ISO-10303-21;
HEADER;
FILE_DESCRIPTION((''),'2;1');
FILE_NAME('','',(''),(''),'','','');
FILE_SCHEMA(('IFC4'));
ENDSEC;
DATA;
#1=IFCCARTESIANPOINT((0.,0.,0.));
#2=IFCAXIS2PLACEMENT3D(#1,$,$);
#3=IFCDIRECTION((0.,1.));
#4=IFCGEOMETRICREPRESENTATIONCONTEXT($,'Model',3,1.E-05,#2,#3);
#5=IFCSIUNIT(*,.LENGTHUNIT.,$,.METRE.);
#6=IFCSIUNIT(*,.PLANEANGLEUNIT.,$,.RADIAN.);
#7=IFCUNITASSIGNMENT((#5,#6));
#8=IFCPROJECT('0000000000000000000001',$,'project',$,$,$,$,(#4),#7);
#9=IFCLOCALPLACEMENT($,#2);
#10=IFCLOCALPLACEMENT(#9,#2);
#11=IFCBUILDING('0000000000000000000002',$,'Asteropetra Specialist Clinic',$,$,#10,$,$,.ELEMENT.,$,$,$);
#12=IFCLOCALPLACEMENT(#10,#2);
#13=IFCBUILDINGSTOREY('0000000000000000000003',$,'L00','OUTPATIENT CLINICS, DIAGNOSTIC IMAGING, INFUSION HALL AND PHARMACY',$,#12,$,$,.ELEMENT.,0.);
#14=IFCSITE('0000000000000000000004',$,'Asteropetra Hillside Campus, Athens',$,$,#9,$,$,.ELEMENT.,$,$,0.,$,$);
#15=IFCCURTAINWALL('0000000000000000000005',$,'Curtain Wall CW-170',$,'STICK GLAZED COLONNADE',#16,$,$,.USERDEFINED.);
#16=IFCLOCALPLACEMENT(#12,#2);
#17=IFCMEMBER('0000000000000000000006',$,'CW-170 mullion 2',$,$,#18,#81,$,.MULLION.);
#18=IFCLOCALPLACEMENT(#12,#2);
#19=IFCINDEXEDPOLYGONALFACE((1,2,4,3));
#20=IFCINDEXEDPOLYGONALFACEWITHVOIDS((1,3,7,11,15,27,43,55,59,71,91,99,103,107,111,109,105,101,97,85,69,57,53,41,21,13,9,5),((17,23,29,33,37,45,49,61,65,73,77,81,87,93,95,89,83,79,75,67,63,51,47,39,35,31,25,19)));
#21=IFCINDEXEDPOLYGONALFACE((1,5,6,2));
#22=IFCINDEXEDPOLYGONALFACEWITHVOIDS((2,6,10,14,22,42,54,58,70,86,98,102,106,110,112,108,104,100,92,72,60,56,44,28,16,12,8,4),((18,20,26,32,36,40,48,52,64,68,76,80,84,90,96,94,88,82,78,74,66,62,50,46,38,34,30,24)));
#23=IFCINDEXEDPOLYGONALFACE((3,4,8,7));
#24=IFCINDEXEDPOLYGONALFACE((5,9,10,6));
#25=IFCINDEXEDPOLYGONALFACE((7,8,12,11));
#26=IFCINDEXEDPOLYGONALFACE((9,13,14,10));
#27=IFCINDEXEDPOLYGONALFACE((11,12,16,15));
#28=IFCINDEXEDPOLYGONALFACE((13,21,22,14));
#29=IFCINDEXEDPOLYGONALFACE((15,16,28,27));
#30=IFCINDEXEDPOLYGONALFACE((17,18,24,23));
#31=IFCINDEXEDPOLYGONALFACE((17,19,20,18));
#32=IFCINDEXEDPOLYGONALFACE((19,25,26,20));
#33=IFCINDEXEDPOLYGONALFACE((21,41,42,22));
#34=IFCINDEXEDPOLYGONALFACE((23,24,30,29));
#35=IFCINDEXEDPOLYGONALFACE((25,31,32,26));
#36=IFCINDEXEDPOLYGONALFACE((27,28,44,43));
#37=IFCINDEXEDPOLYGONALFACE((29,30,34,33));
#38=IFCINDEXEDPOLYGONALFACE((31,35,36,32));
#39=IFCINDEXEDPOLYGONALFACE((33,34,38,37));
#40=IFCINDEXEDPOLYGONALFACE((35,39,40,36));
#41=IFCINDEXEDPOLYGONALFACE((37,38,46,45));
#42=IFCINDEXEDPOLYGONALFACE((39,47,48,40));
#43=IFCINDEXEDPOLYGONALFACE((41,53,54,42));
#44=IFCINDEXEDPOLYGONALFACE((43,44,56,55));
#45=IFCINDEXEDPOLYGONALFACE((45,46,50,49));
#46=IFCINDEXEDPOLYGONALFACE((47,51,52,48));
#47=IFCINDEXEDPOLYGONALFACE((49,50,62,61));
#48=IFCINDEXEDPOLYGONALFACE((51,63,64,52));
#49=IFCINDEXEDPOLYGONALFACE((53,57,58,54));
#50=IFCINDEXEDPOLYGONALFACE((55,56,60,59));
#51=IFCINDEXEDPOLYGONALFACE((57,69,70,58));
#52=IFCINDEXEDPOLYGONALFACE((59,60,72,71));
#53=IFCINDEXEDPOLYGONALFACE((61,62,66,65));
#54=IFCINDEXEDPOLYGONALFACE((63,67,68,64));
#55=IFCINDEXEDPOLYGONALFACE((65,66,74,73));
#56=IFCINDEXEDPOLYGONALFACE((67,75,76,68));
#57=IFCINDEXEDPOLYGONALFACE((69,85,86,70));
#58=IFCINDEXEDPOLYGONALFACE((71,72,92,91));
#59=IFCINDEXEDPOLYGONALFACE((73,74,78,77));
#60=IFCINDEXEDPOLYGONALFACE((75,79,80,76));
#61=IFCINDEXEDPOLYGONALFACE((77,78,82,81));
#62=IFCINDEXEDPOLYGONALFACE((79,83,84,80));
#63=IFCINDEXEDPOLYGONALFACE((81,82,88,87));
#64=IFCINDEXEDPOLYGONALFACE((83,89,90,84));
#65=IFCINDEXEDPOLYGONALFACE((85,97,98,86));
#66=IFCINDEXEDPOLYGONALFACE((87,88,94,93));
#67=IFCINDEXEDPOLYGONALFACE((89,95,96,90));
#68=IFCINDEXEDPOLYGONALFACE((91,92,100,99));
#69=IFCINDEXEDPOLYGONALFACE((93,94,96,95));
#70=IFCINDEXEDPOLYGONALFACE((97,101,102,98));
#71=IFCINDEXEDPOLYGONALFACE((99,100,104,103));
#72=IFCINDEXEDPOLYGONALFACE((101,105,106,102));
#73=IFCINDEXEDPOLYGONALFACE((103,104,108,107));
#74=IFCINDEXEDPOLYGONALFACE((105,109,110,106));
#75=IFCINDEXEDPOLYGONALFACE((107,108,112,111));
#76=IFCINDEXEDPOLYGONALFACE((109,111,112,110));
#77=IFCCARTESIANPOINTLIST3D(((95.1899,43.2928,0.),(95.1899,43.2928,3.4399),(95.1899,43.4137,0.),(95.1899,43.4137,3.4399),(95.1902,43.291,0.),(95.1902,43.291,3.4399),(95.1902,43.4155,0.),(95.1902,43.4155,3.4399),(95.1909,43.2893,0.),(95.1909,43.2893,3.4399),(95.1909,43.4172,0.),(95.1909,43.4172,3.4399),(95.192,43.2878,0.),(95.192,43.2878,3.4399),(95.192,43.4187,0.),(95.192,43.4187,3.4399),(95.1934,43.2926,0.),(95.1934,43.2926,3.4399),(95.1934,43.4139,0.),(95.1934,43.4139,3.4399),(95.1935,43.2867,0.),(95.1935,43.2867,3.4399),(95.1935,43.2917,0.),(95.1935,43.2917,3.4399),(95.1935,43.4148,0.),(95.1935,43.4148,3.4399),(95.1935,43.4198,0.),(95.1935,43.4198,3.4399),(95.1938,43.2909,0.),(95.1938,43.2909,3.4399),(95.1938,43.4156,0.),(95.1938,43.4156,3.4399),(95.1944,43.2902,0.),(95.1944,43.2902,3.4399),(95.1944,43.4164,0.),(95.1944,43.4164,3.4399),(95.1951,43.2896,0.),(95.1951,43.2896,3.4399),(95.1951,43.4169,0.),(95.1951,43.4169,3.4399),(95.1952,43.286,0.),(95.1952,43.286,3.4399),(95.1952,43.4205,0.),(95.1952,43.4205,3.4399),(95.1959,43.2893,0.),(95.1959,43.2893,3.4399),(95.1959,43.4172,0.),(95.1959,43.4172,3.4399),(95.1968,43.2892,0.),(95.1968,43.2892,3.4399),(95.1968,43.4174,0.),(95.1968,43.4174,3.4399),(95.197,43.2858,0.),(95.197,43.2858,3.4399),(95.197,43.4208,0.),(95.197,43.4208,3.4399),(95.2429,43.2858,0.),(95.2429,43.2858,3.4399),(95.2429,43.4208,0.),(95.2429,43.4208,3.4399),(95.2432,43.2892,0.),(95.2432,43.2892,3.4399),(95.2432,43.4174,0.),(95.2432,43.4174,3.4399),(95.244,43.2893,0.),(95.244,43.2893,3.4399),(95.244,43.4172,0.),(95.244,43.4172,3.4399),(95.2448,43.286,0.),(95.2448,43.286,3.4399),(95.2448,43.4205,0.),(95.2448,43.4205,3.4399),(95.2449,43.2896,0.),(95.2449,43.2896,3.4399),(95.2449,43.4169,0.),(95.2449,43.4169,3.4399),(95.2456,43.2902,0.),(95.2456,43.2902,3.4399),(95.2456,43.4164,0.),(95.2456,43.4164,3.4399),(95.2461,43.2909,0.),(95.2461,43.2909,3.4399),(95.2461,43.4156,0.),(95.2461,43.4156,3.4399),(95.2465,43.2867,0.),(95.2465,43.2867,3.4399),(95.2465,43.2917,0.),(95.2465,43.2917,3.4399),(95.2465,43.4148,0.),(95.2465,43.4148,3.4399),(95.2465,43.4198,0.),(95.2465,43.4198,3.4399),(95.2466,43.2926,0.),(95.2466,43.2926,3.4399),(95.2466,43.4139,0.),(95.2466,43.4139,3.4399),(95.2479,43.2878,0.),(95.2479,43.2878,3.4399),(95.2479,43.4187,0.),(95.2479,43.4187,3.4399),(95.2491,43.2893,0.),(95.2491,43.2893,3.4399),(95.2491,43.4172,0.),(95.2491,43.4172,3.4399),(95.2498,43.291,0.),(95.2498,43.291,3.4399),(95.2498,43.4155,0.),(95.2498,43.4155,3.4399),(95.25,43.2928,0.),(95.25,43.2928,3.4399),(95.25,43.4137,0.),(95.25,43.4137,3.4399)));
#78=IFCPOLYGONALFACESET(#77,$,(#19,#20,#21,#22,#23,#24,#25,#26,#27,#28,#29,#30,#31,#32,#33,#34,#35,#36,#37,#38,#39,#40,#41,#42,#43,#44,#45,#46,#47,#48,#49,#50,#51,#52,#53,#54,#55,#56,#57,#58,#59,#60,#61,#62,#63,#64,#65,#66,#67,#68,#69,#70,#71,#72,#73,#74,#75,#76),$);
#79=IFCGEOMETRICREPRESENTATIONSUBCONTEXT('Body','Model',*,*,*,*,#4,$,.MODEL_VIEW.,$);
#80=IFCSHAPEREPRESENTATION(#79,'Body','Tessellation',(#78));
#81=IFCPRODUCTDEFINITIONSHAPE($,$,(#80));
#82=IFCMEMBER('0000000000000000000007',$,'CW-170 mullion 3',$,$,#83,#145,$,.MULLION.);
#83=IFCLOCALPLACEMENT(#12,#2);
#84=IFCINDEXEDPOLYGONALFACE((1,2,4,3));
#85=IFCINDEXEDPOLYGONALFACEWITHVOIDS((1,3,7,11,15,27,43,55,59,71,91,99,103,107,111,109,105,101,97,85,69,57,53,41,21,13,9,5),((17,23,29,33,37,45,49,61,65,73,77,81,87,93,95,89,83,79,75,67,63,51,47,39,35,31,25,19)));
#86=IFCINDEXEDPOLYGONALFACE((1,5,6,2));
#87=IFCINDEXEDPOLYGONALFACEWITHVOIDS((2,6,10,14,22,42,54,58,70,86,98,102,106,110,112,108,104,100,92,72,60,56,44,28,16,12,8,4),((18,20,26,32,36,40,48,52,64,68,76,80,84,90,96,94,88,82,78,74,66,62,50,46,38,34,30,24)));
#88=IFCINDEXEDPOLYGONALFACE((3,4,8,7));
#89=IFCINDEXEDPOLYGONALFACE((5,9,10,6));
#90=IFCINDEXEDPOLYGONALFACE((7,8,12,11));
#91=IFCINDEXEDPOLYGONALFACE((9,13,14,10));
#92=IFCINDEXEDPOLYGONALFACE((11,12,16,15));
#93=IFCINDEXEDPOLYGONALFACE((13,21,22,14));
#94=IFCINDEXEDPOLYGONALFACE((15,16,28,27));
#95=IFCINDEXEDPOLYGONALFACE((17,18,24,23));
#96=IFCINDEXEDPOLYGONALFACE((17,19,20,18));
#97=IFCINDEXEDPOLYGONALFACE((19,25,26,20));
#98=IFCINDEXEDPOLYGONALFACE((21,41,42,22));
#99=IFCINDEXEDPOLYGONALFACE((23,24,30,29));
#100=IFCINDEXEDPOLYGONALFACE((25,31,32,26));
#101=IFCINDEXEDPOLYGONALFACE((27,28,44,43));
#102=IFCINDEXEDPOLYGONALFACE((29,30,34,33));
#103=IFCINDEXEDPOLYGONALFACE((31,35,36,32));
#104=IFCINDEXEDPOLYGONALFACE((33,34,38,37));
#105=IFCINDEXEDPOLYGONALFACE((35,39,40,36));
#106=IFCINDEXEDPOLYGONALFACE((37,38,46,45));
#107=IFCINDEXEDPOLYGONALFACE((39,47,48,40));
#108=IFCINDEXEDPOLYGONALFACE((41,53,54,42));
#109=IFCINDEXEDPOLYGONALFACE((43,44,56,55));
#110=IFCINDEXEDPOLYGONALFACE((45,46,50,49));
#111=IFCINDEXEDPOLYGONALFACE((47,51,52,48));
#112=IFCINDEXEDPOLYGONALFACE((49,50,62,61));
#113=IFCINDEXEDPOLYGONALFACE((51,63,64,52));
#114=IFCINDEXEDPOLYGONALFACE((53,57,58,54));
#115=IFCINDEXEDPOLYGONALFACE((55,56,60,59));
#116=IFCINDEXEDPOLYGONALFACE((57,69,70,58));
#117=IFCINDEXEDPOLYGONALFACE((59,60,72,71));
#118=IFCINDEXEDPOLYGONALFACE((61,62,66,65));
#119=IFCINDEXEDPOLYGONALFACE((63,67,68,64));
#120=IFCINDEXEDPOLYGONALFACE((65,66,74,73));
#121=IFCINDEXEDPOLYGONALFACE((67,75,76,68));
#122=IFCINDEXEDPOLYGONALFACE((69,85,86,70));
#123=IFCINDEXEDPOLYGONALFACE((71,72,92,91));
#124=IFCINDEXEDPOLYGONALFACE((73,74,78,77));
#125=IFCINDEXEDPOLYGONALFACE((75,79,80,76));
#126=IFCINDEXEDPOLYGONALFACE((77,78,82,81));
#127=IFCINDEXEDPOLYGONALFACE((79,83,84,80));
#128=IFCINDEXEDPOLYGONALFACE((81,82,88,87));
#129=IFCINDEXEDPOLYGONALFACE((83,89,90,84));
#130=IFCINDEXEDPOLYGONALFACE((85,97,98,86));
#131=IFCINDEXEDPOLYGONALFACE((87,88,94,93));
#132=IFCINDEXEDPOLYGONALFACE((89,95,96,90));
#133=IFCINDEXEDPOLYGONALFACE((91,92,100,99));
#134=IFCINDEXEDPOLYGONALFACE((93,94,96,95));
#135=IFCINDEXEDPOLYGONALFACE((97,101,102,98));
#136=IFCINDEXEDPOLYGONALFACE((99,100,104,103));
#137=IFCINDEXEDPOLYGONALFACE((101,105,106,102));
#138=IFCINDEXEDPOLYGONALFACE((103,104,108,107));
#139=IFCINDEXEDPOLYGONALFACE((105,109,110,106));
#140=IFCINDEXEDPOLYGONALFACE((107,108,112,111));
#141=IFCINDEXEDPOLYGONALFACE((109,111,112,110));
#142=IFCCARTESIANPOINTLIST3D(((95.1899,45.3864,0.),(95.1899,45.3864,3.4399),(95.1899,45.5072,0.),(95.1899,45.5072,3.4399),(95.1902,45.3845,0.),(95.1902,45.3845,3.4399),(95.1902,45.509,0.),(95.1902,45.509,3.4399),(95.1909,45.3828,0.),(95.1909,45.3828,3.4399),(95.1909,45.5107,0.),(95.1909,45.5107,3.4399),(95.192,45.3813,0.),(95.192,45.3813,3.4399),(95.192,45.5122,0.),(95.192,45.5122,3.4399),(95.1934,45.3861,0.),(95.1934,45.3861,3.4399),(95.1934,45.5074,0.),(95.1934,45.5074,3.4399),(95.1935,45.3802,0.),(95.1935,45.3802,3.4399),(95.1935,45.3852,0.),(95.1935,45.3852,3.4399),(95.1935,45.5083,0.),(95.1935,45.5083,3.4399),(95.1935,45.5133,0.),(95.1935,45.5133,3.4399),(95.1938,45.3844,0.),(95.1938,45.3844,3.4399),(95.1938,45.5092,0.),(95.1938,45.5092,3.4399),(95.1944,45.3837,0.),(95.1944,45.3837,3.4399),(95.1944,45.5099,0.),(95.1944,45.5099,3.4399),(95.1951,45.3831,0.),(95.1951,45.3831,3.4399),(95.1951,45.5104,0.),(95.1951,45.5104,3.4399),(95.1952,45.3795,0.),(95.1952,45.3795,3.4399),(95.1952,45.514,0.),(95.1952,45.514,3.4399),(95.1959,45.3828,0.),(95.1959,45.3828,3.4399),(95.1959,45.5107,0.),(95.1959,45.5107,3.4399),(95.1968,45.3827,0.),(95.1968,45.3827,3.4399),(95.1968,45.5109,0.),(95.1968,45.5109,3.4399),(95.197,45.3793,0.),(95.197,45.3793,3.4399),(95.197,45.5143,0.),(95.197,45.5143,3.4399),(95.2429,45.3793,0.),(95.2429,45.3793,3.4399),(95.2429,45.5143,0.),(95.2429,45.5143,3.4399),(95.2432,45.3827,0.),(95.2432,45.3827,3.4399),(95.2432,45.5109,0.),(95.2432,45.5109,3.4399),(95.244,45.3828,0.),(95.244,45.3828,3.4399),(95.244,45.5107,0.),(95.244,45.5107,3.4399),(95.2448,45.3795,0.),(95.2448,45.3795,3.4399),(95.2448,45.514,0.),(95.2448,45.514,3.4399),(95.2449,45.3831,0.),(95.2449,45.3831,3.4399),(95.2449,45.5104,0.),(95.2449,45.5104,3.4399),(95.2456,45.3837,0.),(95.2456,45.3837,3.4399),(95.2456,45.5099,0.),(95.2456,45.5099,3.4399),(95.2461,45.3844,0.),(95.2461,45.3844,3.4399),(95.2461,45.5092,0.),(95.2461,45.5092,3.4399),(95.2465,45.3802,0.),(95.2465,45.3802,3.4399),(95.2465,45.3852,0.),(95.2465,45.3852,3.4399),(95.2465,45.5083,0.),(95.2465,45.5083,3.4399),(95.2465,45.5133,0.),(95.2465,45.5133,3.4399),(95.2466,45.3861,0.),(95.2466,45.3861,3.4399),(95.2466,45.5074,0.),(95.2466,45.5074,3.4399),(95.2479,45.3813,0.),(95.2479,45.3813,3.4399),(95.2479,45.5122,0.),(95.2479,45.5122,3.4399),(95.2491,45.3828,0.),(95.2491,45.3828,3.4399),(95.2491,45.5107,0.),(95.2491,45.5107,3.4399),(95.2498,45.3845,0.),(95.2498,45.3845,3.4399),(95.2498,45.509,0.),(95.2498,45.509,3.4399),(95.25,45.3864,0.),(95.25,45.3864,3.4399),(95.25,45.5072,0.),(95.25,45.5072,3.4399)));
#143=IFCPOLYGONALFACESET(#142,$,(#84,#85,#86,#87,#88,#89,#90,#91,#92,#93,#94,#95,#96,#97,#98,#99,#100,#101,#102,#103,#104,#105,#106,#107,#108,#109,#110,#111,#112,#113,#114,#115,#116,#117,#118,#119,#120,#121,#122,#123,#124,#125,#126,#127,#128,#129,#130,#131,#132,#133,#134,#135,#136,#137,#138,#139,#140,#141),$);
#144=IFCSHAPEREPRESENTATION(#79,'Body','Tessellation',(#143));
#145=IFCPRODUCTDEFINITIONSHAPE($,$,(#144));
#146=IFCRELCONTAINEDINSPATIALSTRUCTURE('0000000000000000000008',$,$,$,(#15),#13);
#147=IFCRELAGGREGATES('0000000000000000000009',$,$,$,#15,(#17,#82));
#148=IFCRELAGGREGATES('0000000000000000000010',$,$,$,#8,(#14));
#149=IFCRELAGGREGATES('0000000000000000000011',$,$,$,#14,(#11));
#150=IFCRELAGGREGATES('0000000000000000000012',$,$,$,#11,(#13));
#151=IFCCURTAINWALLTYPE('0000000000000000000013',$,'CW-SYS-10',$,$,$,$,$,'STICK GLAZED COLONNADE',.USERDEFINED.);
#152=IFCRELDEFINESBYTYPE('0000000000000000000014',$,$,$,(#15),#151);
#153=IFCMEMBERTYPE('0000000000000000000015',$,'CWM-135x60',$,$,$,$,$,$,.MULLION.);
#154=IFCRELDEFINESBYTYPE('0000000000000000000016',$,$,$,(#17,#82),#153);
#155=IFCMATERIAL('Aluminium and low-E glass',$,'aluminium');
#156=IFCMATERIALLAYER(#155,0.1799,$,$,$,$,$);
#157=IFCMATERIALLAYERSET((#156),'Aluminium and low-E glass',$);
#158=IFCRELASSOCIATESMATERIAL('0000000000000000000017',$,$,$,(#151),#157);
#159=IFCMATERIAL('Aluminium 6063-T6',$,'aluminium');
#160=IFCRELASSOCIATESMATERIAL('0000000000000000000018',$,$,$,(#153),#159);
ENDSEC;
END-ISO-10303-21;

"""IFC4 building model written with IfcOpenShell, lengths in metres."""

from ifc_helpers import new_model, si_unit, direction, frame, origin, origin_2d, place, context, subcontext, project, spatial, hollow_rectangle, extrude, material, layer, layer_set, material_profile, profile_set, type_object, element, aggregate, save


model = new_model("IFC4")

# Units and contexts
model_context = context("Model", 3, precision=1e-05, world=origin(), true_north=direction((0.0, 1.0)))
body_context = subcontext(model_context, "Body", "Model", "MODEL_VIEW")
ifc_project = project(units=[si_unit("LENGTHUNIT", "METRE"), si_unit("PLANEANGLEUNIT", "RADIAN")], contexts=[model_context])

# Site, building, storey
site_placement = place(None, origin())
site = spatial("IfcSite", under=ifc_project, at=site_placement, Name="Asteropetra Hillside Campus, Athens", CompositionType="ELEMENT", RefElevation=0.0)
building_placement = place(site_placement, origin())
building = spatial("IfcBuilding", under=site, at=building_placement, Name="Asteropetra Specialist Clinic", CompositionType="ELEMENT")
storey_placement = place(building_placement, origin())
storey = spatial("IfcBuildingStorey", under=building, at=storey_placement, Name="L00", Description="OUTPATIENT CLINICS, DIAGNOSTIC IMAGING, INFUSION HALL AND PHARMACY", CompositionType="ELEMENT", Elevation=0.0)

# Curtain wall, members
ifc_material_1 = material(Name="Aluminium and low-E glass", Category="aluminium")
ifc_layer_1 = layer(ifc_material_1, 0.1799)
ifc_layer_set_1 = layer_set([ifc_layer_1], Name="Aluminium and low-E glass")
curtain_wall_type = type_object("IfcCurtainWallType", Name="CW-SYS-10", ElementType="STICK GLAZED COLONNADE", PredefinedType="USERDEFINED", material=ifc_layer_set_1)
curtain_wall_placement = place(storey_placement, origin())
curtain_wall = element("IfcCurtainWall", 1, at=curtain_wall_placement, inside=storey, type_object=curtain_wall_type, Name="Curtain Wall CW-170", ObjectType="STICK GLAZED COLONNADE", PredefinedType="USERDEFINED")
ifc_material_2 = material(Name="Aluminium 6063-T6", Category="aluminium")
ifc_material_profile_1 = material_profile(ifc_material_2, hollow_rectangle(XDim=0.0601, YDim=0.135, WallThickness=0.0034, InnerFilletRadius=0.0034, OuterFilletRadius=0.0071, at=origin_2d()), Name="MUL 135x60x3.5")
ifc_profile_set_1 = profile_set([ifc_material_profile_1], Name="Aluminium 6063-T6")
member_type_1 = type_object("IfcMemberType", Name="CWM-135x60", PredefinedType="MULLION", material=ifc_profile_set_1)
member_1_placement = place(storey_placement, frame((95.22, 43.3533, 0.0), z_axis=(0.0, 0.0, 1.0), x_axis=(-1.0, 0.0, 0.0)))
member_1 = element("IfcMember", 2, at=member_1_placement, type_object=member_type_1, Name="CW-170 mullion 2", PredefinedType="MULLION", context=body_context, shape_type="SweptSolid", body=[
    extrude(hollow_rectangle(XDim=0.0601, YDim=0.135, WallThickness=0.0034, InnerFilletRadius=0.0034, OuterFilletRadius=0.0071, at=origin_2d()), origin(), (0.0, 0.0, 1.0), 3.4399),
])
member_2_placement = place(storey_placement, frame((95.22, 45.4468, 0.0), z_axis=(0.0, 0.0, 1.0), x_axis=(-1.0, 0.0, 0.0)))
member_2 = element("IfcMember", 3, at=member_2_placement, type_object=member_type_1, Name="CW-170 mullion 3", PredefinedType="MULLION", context=body_context, shape_type="SweptSolid", body=[
    extrude(hollow_rectangle(XDim=0.0601, YDim=0.135, WallThickness=0.0034, InnerFilletRadius=0.0034, OuterFilletRadius=0.0071, at=origin_2d()), origin(), (0.0, 0.0, 1.0), 3.4399),
])
aggregate(curtain_wall, [member_1, member_2])

save(model, "model.ifc")
